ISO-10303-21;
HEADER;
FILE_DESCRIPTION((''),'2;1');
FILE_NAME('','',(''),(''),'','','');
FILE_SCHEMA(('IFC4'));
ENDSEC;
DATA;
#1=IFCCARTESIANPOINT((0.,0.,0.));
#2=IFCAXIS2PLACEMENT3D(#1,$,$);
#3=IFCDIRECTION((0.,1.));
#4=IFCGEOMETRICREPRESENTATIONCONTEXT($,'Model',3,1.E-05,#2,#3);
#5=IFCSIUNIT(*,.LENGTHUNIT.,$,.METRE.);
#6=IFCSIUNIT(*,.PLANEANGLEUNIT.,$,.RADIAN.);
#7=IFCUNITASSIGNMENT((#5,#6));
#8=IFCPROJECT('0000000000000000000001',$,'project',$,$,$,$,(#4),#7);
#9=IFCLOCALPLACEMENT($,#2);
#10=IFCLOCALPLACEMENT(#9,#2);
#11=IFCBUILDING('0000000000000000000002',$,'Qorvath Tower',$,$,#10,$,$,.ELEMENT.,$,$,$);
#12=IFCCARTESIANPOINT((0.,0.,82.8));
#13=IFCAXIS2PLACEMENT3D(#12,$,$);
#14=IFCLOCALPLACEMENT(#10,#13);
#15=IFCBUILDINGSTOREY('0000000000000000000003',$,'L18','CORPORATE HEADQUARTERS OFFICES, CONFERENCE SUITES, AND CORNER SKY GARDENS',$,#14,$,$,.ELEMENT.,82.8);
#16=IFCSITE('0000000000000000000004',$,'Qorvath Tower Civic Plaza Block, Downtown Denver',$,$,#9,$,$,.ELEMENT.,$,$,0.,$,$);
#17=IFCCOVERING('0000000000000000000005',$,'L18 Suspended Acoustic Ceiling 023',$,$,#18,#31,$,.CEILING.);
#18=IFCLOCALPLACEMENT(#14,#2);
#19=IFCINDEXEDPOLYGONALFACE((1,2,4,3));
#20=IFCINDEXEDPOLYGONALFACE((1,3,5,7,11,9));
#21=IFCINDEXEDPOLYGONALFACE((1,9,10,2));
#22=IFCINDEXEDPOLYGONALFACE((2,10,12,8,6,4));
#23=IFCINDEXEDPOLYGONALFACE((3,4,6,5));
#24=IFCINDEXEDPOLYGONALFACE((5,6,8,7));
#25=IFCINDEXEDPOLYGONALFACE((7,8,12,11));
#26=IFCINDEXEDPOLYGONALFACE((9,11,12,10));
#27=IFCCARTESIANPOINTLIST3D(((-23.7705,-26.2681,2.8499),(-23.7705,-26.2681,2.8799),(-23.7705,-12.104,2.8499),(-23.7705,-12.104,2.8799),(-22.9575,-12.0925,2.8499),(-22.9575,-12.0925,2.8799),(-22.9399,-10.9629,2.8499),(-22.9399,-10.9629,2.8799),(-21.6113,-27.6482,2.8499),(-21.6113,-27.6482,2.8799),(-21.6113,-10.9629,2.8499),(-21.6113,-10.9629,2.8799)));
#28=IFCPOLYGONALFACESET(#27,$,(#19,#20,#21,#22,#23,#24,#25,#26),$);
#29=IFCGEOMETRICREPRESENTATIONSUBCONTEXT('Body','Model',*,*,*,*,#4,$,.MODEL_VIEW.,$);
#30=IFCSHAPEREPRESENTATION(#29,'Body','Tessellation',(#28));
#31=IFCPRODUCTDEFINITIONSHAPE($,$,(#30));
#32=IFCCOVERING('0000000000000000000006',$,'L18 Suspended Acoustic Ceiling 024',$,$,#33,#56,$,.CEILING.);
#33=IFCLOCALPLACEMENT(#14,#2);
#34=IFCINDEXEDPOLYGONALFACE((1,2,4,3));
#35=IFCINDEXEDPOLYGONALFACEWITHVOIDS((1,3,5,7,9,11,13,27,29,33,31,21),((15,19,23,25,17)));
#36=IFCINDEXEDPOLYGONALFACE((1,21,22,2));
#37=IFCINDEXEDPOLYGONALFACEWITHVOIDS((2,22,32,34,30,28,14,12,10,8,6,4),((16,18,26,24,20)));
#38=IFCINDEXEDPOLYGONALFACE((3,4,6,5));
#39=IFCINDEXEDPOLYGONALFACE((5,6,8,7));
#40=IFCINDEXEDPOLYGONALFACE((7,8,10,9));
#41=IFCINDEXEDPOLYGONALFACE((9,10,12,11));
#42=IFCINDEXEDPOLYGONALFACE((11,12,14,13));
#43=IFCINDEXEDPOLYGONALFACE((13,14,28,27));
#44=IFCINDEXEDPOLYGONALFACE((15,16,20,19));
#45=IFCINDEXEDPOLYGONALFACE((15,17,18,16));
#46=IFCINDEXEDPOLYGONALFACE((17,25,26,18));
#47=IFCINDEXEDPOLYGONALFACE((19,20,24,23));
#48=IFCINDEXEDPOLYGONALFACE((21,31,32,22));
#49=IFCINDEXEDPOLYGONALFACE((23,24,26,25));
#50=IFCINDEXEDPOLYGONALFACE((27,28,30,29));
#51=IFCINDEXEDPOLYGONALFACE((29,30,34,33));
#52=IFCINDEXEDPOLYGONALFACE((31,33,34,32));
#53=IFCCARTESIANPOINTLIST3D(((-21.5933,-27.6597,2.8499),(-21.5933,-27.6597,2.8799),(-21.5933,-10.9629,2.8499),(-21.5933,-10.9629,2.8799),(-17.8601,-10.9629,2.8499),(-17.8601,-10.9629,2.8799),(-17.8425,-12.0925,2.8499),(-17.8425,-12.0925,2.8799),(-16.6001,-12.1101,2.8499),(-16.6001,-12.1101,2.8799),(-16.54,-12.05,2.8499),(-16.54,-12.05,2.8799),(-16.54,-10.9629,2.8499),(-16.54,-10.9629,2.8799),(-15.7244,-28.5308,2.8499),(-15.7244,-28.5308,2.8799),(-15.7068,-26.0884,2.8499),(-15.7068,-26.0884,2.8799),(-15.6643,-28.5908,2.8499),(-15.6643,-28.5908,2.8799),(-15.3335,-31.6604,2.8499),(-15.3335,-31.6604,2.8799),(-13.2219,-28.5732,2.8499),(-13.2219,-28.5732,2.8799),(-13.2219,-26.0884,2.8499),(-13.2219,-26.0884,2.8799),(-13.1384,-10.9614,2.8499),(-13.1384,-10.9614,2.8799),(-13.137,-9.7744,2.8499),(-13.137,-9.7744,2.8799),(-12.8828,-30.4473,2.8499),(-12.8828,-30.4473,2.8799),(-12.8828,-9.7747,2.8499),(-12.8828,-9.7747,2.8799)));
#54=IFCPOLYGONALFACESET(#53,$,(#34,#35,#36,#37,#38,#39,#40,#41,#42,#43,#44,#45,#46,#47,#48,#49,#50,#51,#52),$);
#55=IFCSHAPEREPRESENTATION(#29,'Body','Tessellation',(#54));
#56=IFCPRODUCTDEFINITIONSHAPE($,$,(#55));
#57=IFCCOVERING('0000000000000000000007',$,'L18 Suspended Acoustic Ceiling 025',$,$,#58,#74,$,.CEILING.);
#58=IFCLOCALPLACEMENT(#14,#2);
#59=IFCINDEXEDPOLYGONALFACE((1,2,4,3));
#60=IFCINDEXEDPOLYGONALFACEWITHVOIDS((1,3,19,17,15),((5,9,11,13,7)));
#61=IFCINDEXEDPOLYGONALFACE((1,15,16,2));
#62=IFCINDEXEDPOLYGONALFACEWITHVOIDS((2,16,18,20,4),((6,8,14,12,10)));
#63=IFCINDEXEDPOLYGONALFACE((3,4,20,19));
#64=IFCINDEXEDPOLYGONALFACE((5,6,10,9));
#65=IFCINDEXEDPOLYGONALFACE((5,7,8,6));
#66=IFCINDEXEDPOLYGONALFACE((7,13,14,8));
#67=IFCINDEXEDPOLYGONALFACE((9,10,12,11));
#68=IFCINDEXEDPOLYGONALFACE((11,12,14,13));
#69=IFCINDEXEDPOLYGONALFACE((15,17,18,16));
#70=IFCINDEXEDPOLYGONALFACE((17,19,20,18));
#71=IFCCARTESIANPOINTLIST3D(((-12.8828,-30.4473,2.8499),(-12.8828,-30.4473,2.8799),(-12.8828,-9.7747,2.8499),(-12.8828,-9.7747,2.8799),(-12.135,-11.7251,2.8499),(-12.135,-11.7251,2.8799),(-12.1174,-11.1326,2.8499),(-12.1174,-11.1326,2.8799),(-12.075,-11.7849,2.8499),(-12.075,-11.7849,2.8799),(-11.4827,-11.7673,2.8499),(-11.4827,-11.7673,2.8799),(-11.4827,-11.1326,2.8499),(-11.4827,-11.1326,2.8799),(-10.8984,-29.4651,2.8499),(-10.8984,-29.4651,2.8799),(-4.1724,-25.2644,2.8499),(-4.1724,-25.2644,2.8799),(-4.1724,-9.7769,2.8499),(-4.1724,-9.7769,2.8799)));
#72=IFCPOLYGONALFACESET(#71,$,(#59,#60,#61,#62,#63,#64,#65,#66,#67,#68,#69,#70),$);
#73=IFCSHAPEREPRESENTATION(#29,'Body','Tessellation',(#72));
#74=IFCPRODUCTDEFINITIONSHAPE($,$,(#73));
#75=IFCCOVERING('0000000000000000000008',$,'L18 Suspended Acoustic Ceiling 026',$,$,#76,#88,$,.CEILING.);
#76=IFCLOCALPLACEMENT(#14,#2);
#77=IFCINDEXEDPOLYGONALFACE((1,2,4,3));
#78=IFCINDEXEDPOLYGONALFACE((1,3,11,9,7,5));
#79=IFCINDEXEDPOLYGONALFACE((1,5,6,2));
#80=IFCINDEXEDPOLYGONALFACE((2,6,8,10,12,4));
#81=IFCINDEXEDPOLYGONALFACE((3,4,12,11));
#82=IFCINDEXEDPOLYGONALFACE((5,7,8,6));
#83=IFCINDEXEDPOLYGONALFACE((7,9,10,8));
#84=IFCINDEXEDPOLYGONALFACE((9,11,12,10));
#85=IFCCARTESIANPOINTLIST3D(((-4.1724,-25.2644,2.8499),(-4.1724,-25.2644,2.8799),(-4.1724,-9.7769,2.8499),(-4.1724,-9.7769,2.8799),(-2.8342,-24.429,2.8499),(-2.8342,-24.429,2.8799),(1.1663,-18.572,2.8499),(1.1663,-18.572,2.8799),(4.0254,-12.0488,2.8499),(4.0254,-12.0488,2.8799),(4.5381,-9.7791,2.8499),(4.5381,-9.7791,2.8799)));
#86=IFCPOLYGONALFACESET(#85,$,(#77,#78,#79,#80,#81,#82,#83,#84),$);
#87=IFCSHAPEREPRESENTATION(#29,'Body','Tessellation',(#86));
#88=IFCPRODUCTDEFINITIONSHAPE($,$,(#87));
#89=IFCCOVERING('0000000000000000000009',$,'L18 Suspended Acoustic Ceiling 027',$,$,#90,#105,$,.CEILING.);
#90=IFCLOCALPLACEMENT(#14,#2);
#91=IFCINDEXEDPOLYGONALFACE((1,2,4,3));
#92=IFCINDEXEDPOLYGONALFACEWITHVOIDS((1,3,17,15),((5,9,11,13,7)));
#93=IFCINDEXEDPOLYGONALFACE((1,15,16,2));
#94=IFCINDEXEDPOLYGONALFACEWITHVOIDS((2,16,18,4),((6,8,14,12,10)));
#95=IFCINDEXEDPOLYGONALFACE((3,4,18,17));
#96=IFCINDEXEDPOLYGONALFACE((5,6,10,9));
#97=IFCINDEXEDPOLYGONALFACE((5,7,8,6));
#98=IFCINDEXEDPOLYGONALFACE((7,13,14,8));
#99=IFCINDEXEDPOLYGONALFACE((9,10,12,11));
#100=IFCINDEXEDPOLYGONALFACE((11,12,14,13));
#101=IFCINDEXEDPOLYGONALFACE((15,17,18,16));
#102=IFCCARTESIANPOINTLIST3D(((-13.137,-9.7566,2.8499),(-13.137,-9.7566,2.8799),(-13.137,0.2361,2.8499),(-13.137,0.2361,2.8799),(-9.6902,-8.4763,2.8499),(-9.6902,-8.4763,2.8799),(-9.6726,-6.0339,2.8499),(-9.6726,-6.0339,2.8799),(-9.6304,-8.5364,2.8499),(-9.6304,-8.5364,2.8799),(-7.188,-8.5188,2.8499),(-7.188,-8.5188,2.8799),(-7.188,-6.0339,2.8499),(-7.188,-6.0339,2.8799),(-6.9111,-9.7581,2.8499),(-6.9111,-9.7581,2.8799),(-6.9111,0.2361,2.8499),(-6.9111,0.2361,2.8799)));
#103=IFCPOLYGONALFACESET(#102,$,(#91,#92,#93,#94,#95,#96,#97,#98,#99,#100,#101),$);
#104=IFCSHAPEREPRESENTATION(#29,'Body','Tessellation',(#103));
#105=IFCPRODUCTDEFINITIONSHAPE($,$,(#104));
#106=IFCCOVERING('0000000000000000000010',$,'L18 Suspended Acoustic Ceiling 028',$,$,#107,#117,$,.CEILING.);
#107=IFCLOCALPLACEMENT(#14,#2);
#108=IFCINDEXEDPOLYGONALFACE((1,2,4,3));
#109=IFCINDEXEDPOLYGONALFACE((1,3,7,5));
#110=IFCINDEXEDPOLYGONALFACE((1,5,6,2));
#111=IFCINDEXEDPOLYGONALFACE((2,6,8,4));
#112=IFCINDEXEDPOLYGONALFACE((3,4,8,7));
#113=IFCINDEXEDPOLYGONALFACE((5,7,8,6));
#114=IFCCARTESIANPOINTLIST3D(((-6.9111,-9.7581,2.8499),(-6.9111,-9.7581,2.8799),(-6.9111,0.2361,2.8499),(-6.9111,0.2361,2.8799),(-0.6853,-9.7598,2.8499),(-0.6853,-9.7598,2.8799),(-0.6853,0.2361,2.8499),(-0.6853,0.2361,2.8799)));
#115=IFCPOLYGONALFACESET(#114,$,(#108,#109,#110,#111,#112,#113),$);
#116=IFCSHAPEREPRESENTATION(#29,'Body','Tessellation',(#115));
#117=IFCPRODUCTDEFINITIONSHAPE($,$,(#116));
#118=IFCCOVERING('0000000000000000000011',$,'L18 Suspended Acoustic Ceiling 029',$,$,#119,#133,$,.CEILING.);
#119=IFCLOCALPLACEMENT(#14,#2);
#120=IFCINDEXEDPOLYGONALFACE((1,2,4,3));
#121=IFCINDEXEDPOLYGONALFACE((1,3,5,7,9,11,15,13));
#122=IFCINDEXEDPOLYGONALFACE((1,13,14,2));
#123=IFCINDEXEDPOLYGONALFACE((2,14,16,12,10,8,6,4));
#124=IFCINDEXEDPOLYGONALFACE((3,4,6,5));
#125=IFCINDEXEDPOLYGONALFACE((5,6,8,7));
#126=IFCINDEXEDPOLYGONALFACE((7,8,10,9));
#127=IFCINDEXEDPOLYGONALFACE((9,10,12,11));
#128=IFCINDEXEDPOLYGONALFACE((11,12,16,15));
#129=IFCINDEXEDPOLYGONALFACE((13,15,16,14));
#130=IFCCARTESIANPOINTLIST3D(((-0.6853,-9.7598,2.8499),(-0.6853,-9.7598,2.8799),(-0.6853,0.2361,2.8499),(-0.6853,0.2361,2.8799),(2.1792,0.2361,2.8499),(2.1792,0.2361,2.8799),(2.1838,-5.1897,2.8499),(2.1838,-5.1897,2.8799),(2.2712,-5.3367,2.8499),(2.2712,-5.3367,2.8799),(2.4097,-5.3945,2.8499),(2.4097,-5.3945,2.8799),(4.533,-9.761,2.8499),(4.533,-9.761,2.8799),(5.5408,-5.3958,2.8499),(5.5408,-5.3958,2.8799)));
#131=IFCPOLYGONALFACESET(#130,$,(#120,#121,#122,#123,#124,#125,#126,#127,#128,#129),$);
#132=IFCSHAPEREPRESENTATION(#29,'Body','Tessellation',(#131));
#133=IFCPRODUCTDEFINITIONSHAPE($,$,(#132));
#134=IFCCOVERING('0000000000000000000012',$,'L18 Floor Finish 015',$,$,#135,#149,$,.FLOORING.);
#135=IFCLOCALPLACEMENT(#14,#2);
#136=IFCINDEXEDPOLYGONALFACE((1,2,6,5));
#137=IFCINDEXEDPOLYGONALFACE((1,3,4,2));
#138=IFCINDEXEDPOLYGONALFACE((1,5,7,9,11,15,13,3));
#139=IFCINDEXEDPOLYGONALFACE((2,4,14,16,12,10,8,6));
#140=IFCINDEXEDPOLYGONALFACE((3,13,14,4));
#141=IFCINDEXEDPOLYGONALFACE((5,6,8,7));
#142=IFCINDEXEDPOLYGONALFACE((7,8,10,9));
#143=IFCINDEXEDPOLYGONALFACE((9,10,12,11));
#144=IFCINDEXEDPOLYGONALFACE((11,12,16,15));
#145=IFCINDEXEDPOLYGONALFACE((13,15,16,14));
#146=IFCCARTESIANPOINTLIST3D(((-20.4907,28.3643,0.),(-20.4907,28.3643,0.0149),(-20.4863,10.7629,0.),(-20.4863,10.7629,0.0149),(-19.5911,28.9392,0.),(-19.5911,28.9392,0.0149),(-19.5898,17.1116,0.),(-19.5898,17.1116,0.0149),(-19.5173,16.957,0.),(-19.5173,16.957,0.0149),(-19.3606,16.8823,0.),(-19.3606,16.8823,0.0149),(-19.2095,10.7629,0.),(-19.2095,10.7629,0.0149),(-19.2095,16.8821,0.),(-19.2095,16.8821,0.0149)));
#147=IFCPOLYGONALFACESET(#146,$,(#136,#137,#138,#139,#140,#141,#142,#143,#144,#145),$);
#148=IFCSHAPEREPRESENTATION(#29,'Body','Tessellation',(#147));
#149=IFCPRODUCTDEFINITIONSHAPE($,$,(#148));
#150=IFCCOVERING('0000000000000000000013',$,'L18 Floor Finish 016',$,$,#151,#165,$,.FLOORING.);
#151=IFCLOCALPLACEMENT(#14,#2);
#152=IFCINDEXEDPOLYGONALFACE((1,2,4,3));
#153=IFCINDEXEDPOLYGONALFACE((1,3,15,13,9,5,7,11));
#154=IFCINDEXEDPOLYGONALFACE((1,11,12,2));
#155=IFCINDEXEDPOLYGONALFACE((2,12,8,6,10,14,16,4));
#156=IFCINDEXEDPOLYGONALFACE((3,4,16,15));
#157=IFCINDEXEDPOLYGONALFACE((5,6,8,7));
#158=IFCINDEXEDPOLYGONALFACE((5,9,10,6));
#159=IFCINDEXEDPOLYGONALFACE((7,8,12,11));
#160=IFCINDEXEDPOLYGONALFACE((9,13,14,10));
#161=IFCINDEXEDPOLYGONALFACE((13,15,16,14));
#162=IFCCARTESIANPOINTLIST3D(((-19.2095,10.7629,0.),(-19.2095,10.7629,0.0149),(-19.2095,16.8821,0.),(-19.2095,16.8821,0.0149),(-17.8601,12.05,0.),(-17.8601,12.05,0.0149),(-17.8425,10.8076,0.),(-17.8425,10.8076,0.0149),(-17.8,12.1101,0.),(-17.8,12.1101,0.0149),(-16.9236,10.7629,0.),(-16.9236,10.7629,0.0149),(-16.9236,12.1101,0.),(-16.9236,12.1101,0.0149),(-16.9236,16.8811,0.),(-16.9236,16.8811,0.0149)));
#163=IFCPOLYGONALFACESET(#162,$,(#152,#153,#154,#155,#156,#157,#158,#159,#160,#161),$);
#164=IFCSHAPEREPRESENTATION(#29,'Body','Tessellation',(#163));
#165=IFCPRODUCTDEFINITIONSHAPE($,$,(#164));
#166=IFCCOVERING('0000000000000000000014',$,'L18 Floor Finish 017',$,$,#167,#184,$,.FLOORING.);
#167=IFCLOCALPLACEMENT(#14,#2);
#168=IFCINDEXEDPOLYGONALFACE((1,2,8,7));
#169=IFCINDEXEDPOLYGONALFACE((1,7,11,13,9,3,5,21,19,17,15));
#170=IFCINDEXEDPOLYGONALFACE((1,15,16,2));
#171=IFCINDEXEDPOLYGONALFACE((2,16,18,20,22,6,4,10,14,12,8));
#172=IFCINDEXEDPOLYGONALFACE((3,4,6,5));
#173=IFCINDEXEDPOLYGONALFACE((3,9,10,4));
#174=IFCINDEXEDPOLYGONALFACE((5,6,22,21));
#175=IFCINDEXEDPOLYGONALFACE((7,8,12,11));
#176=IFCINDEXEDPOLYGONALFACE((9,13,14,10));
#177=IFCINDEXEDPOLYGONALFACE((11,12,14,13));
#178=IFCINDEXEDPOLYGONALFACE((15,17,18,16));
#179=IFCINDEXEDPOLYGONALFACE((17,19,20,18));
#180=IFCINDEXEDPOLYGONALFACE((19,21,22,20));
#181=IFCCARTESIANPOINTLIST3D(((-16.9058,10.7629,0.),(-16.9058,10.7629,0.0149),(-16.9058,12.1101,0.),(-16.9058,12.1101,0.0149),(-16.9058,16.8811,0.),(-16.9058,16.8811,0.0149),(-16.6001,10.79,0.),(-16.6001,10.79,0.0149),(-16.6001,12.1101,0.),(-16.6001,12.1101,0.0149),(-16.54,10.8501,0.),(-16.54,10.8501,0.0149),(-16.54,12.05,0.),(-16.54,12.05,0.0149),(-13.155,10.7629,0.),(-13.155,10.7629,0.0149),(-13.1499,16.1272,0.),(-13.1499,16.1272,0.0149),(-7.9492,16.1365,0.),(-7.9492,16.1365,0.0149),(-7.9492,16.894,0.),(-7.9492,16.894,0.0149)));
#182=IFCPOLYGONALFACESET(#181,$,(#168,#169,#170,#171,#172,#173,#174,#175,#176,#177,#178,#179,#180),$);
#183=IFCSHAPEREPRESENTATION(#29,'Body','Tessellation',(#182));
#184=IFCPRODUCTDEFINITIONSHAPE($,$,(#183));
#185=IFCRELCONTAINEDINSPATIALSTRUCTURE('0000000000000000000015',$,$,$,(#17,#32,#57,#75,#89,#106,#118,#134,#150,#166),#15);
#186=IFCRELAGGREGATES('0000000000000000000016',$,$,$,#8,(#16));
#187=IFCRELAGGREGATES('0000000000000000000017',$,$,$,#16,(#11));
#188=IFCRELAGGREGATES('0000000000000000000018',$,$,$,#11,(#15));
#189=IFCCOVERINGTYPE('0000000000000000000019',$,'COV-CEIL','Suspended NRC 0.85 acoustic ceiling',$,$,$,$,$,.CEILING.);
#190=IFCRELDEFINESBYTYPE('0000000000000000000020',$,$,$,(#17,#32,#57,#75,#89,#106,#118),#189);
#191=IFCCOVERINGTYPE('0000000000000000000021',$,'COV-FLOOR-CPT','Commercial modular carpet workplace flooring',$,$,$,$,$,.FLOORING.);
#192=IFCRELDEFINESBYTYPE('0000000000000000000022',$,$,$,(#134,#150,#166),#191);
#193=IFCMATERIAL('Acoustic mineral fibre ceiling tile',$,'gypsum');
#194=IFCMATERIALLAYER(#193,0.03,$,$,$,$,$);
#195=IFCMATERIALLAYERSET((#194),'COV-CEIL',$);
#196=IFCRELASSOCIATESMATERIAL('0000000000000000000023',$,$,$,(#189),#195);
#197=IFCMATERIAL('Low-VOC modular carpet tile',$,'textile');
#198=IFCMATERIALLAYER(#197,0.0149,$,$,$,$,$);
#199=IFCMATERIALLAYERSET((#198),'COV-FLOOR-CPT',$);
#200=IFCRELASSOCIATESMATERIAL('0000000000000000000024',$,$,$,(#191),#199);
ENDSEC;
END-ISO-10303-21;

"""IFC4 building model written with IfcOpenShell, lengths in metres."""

from ifc_helpers import new_model, si_unit, direction, frame, origin, place, context, subcontext, project, spatial, polyline, outline, extrude, material, layer, layer_set, type_object, element, save


model = new_model("IFC4")

# Units and contexts
model_context = context("Model", 3, precision=1e-05, world=origin(), true_north=direction((0.0, 1.0)))
body_context = subcontext(model_context, "Body", "Model", "MODEL_VIEW")
ifc_project = project(units=[si_unit("LENGTHUNIT", "METRE"), si_unit("PLANEANGLEUNIT", "RADIAN")], contexts=[model_context])

# Site, building, storey
site_placement = place(None, origin())
site = spatial("IfcSite", under=ifc_project, at=site_placement, Name="Qorvath Tower Civic Plaza Block, Downtown Denver", CompositionType="ELEMENT", RefElevation=0.0)
building_placement = place(site_placement, origin())
building = spatial("IfcBuilding", under=site, at=building_placement, Name="Qorvath Tower", CompositionType="ELEMENT")
storey_placement = place(building_placement, frame((0.0, 0.0, 82.8)))
storey = spatial("IfcBuildingStorey", under=building, at=storey_placement, Name="L18", Description="CORPORATE HEADQUARTERS OFFICES, CONFERENCE SUITES, AND CORNER SKY GARDENS", CompositionType="ELEMENT", Elevation=82.8)

# Coverings
ifc_material_1 = material(Name="Acoustic mineral fibre ceiling tile", Category="gypsum")
ifc_layer_1 = layer(ifc_material_1, 0.03)
ifc_layer_set_1 = layer_set([ifc_layer_1], Name="COV-CEIL")
covering_type_1 = type_object("IfcCoveringType", Name="COV-CEIL", Description="Suspended NRC 0.85 acoustic ceiling", PredefinedType="CEILING", material=ifc_layer_set_1)
covering_1_placement = place(storey_placement, frame((0.0, 0.0, 2.8499)))
element("IfcCovering", 1, at=covering_1_placement, inside=storey, type_object=covering_type_1, Name="L18 Suspended Acoustic Ceiling 023", PredefinedType="CEILING", context=body_context, shape_type="SweptSolid", body=[
    extrude(outline(polyline([(-21.6113, -27.6482), (-21.6113, -10.9629), (-22.9399, -10.9629), (-22.9575, -12.0925), (-23.7705, -12.104), (-23.7705, -26.2681), (-21.6113, -27.6482)])), origin(), (0.0, 0.0, 1.0), 0.03),
])
covering_2_placement = place(storey_placement, frame((0.0, 0.0, 2.8499)))
element("IfcCovering", 2, at=covering_2_placement, inside=storey, type_object=covering_type_1, Name="L18 Suspended Acoustic Ceiling 024", PredefinedType="CEILING", context=body_context, shape_type="SweptSolid", body=[
    extrude(outline(polyline([(-21.5933, -27.6597), (-15.3335, -31.6604), (-12.8828, -30.4473), (-12.8828, -9.7747), (-13.137, -9.7744), (-13.1384, -10.9614), (-16.54, -10.9629), (-16.54, -12.05), (-16.6001, -12.1101), (-17.8425, -12.0925), (-17.8601, -10.9629), (-21.5933, -10.9629), (-21.5933, -27.6597)]), holes=[polyline([(-15.7244, -28.5308), (-15.7068, -26.0884), (-13.2219, -26.0884), (-13.2219, -28.5732), (-15.6643, -28.5908), (-15.7244, -28.5308)])]), origin(), (0.0, 0.0, 1.0), 0.03),
])
covering_3_placement = place(storey_placement, frame((0.0, 0.0, 2.8499)))
element("IfcCovering", 3, at=covering_3_placement, inside=storey, type_object=covering_type_1, Name="L18 Suspended Acoustic Ceiling 025", PredefinedType="CEILING", context=body_context, shape_type="SweptSolid", body=[
    extrude(outline(polyline([(-12.8828, -9.7747), (-12.8828, -30.4473), (-10.8984, -29.4651), (-4.1724, -25.2644), (-4.1724, -9.7769), (-12.8828, -9.7747)]), holes=[polyline([(-12.135, -11.7251), (-12.1174, -11.1326), (-11.4827, -11.1326), (-11.4827, -11.7673), (-12.075, -11.7849), (-12.135, -11.7251)])]), origin(), (0.0, 0.0, 1.0), 0.03),
])
covering_4_placement = place(storey_placement, frame((0.0, 0.0, 2.8499)))
element("IfcCovering", 4, at=covering_4_placement, inside=storey, type_object=covering_type_1, Name="L18 Suspended Acoustic Ceiling 026", PredefinedType="CEILING", context=body_context, shape_type="SweptSolid", body=[
    extrude(outline(polyline([(-4.1724, -9.7769), (-4.1724, -25.2644), (-2.8342, -24.429), (1.1663, -18.572), (4.0254, -12.0488), (4.5381, -9.7791), (-4.1724, -9.7769)])), origin(), (0.0, 0.0, 1.0), 0.03),
])
covering_5_placement = place(storey_placement, frame((0.0, 0.0, 2.8499)))
element("IfcCovering", 5, at=covering_5_placement, inside=storey, type_object=covering_type_1, Name="L18 Suspended Acoustic Ceiling 027", PredefinedType="CEILING", context=body_context, shape_type="SweptSolid", body=[
    extrude(outline(polyline([(-6.9111, -9.7581), (-6.9111, 0.2361), (-13.137, 0.2361), (-13.137, -9.7566), (-6.9111, -9.7581)]), holes=[polyline([(-9.6902, -8.4763), (-9.6726, -6.0339), (-7.188, -6.0339), (-7.188, -8.5188), (-9.6304, -8.5364), (-9.6902, -8.4763)])]), origin(), (0.0, 0.0, 1.0), 0.03),
])
covering_6_placement = place(storey_placement, frame((0.0, 0.0, 2.8499)))
element("IfcCovering", 6, at=covering_6_placement, inside=storey, type_object=covering_type_1, Name="L18 Suspended Acoustic Ceiling 028", PredefinedType="CEILING", context=body_context, shape_type="SweptSolid", body=[
    extrude(outline(polyline([(-0.6853, -9.7598), (-0.6853, 0.2361), (-6.9111, 0.2361), (-6.9111, -9.7581), (-0.6853, -9.7598)])), origin(), (0.0, 0.0, 1.0), 0.03),
])
covering_7_placement = place(storey_placement, frame((0.0, 0.0, 2.8499)))
element("IfcCovering", 7, at=covering_7_placement, inside=storey, type_object=covering_type_1, Name="L18 Suspended Acoustic Ceiling 029", PredefinedType="CEILING", context=body_context, shape_type="SweptSolid", body=[
    extrude(outline(polyline([(2.2712, -5.3367), (2.1838, -5.1897), (2.1792, 0.2361), (-0.6853, 0.2361), (-0.6853, -9.7598), (4.533, -9.761), (5.5408, -5.3958), (2.4097, -5.3945), (2.2712, -5.3367)])), origin(), (0.0, 0.0, 1.0), 0.03),
])
ifc_material_2 = material(Name="Low-VOC modular carpet tile", Category="textile")
ifc_layer_2 = layer(ifc_material_2, 0.0149)
ifc_layer_set_2 = layer_set([ifc_layer_2], Name="COV-FLOOR-CPT")
covering_type_2 = type_object("IfcCoveringType", Name="COV-FLOOR-CPT", Description="Commercial modular carpet workplace flooring", PredefinedType="FLOORING", material=ifc_layer_set_2)
covering_8_placement = place(storey_placement, origin())
element("IfcCovering", 8, at=covering_8_placement, inside=storey, type_object=covering_type_2, Name="L18 Floor Finish 015", PredefinedType="FLOORING", context=body_context, shape_type="SweptSolid", body=[
    extrude(outline(polyline([(-19.5173, 16.957), (-19.5898, 17.1116), (-19.5911, 28.9392), (-20.4907, 28.3643), (-20.4863, 10.7629), (-19.2095, 10.7629), (-19.2095, 16.8821), (-19.3606, 16.8823), (-19.5173, 16.957)])), origin(), (0.0, 0.0, 1.0), 0.0149),
])
covering_9_placement = place(storey_placement, origin())
element("IfcCovering", 9, at=covering_9_placement, inside=storey, type_object=covering_type_2, Name="L18 Floor Finish 016", PredefinedType="FLOORING", context=body_context, shape_type="SweptSolid", body=[
    extrude(outline(polyline([(-19.2095, 16.8821), (-19.2095, 10.7629), (-16.9236, 10.7629), (-17.8425, 10.8076), (-17.8601, 12.05), (-17.8, 12.1101), (-16.9236, 12.1101), (-16.9236, 16.8811), (-19.2095, 16.8821)])), origin(), (0.0, 0.0, 1.0), 0.0149),
])
covering_10_placement = place(storey_placement, origin())
element("IfcCovering", 10, at=covering_10_placement, inside=storey, type_object=covering_type_2, Name="L18 Floor Finish 017", PredefinedType="FLOORING", context=body_context, shape_type="SweptSolid", body=[
    extrude(outline(polyline([(-7.9492, 16.1365), (-7.9492, 16.894), (-16.9058, 16.8811), (-16.9058, 12.1101), (-16.6001, 12.1101), (-16.54, 12.05), (-16.54, 10.8501), (-16.6001, 10.79), (-16.9058, 10.7629), (-13.155, 10.7629), (-13.1499, 16.1272), (-7.9492, 16.1365)])), origin(), (0.0, 0.0, 1.0), 0.0149),
])

save(model, "model.ifc")
